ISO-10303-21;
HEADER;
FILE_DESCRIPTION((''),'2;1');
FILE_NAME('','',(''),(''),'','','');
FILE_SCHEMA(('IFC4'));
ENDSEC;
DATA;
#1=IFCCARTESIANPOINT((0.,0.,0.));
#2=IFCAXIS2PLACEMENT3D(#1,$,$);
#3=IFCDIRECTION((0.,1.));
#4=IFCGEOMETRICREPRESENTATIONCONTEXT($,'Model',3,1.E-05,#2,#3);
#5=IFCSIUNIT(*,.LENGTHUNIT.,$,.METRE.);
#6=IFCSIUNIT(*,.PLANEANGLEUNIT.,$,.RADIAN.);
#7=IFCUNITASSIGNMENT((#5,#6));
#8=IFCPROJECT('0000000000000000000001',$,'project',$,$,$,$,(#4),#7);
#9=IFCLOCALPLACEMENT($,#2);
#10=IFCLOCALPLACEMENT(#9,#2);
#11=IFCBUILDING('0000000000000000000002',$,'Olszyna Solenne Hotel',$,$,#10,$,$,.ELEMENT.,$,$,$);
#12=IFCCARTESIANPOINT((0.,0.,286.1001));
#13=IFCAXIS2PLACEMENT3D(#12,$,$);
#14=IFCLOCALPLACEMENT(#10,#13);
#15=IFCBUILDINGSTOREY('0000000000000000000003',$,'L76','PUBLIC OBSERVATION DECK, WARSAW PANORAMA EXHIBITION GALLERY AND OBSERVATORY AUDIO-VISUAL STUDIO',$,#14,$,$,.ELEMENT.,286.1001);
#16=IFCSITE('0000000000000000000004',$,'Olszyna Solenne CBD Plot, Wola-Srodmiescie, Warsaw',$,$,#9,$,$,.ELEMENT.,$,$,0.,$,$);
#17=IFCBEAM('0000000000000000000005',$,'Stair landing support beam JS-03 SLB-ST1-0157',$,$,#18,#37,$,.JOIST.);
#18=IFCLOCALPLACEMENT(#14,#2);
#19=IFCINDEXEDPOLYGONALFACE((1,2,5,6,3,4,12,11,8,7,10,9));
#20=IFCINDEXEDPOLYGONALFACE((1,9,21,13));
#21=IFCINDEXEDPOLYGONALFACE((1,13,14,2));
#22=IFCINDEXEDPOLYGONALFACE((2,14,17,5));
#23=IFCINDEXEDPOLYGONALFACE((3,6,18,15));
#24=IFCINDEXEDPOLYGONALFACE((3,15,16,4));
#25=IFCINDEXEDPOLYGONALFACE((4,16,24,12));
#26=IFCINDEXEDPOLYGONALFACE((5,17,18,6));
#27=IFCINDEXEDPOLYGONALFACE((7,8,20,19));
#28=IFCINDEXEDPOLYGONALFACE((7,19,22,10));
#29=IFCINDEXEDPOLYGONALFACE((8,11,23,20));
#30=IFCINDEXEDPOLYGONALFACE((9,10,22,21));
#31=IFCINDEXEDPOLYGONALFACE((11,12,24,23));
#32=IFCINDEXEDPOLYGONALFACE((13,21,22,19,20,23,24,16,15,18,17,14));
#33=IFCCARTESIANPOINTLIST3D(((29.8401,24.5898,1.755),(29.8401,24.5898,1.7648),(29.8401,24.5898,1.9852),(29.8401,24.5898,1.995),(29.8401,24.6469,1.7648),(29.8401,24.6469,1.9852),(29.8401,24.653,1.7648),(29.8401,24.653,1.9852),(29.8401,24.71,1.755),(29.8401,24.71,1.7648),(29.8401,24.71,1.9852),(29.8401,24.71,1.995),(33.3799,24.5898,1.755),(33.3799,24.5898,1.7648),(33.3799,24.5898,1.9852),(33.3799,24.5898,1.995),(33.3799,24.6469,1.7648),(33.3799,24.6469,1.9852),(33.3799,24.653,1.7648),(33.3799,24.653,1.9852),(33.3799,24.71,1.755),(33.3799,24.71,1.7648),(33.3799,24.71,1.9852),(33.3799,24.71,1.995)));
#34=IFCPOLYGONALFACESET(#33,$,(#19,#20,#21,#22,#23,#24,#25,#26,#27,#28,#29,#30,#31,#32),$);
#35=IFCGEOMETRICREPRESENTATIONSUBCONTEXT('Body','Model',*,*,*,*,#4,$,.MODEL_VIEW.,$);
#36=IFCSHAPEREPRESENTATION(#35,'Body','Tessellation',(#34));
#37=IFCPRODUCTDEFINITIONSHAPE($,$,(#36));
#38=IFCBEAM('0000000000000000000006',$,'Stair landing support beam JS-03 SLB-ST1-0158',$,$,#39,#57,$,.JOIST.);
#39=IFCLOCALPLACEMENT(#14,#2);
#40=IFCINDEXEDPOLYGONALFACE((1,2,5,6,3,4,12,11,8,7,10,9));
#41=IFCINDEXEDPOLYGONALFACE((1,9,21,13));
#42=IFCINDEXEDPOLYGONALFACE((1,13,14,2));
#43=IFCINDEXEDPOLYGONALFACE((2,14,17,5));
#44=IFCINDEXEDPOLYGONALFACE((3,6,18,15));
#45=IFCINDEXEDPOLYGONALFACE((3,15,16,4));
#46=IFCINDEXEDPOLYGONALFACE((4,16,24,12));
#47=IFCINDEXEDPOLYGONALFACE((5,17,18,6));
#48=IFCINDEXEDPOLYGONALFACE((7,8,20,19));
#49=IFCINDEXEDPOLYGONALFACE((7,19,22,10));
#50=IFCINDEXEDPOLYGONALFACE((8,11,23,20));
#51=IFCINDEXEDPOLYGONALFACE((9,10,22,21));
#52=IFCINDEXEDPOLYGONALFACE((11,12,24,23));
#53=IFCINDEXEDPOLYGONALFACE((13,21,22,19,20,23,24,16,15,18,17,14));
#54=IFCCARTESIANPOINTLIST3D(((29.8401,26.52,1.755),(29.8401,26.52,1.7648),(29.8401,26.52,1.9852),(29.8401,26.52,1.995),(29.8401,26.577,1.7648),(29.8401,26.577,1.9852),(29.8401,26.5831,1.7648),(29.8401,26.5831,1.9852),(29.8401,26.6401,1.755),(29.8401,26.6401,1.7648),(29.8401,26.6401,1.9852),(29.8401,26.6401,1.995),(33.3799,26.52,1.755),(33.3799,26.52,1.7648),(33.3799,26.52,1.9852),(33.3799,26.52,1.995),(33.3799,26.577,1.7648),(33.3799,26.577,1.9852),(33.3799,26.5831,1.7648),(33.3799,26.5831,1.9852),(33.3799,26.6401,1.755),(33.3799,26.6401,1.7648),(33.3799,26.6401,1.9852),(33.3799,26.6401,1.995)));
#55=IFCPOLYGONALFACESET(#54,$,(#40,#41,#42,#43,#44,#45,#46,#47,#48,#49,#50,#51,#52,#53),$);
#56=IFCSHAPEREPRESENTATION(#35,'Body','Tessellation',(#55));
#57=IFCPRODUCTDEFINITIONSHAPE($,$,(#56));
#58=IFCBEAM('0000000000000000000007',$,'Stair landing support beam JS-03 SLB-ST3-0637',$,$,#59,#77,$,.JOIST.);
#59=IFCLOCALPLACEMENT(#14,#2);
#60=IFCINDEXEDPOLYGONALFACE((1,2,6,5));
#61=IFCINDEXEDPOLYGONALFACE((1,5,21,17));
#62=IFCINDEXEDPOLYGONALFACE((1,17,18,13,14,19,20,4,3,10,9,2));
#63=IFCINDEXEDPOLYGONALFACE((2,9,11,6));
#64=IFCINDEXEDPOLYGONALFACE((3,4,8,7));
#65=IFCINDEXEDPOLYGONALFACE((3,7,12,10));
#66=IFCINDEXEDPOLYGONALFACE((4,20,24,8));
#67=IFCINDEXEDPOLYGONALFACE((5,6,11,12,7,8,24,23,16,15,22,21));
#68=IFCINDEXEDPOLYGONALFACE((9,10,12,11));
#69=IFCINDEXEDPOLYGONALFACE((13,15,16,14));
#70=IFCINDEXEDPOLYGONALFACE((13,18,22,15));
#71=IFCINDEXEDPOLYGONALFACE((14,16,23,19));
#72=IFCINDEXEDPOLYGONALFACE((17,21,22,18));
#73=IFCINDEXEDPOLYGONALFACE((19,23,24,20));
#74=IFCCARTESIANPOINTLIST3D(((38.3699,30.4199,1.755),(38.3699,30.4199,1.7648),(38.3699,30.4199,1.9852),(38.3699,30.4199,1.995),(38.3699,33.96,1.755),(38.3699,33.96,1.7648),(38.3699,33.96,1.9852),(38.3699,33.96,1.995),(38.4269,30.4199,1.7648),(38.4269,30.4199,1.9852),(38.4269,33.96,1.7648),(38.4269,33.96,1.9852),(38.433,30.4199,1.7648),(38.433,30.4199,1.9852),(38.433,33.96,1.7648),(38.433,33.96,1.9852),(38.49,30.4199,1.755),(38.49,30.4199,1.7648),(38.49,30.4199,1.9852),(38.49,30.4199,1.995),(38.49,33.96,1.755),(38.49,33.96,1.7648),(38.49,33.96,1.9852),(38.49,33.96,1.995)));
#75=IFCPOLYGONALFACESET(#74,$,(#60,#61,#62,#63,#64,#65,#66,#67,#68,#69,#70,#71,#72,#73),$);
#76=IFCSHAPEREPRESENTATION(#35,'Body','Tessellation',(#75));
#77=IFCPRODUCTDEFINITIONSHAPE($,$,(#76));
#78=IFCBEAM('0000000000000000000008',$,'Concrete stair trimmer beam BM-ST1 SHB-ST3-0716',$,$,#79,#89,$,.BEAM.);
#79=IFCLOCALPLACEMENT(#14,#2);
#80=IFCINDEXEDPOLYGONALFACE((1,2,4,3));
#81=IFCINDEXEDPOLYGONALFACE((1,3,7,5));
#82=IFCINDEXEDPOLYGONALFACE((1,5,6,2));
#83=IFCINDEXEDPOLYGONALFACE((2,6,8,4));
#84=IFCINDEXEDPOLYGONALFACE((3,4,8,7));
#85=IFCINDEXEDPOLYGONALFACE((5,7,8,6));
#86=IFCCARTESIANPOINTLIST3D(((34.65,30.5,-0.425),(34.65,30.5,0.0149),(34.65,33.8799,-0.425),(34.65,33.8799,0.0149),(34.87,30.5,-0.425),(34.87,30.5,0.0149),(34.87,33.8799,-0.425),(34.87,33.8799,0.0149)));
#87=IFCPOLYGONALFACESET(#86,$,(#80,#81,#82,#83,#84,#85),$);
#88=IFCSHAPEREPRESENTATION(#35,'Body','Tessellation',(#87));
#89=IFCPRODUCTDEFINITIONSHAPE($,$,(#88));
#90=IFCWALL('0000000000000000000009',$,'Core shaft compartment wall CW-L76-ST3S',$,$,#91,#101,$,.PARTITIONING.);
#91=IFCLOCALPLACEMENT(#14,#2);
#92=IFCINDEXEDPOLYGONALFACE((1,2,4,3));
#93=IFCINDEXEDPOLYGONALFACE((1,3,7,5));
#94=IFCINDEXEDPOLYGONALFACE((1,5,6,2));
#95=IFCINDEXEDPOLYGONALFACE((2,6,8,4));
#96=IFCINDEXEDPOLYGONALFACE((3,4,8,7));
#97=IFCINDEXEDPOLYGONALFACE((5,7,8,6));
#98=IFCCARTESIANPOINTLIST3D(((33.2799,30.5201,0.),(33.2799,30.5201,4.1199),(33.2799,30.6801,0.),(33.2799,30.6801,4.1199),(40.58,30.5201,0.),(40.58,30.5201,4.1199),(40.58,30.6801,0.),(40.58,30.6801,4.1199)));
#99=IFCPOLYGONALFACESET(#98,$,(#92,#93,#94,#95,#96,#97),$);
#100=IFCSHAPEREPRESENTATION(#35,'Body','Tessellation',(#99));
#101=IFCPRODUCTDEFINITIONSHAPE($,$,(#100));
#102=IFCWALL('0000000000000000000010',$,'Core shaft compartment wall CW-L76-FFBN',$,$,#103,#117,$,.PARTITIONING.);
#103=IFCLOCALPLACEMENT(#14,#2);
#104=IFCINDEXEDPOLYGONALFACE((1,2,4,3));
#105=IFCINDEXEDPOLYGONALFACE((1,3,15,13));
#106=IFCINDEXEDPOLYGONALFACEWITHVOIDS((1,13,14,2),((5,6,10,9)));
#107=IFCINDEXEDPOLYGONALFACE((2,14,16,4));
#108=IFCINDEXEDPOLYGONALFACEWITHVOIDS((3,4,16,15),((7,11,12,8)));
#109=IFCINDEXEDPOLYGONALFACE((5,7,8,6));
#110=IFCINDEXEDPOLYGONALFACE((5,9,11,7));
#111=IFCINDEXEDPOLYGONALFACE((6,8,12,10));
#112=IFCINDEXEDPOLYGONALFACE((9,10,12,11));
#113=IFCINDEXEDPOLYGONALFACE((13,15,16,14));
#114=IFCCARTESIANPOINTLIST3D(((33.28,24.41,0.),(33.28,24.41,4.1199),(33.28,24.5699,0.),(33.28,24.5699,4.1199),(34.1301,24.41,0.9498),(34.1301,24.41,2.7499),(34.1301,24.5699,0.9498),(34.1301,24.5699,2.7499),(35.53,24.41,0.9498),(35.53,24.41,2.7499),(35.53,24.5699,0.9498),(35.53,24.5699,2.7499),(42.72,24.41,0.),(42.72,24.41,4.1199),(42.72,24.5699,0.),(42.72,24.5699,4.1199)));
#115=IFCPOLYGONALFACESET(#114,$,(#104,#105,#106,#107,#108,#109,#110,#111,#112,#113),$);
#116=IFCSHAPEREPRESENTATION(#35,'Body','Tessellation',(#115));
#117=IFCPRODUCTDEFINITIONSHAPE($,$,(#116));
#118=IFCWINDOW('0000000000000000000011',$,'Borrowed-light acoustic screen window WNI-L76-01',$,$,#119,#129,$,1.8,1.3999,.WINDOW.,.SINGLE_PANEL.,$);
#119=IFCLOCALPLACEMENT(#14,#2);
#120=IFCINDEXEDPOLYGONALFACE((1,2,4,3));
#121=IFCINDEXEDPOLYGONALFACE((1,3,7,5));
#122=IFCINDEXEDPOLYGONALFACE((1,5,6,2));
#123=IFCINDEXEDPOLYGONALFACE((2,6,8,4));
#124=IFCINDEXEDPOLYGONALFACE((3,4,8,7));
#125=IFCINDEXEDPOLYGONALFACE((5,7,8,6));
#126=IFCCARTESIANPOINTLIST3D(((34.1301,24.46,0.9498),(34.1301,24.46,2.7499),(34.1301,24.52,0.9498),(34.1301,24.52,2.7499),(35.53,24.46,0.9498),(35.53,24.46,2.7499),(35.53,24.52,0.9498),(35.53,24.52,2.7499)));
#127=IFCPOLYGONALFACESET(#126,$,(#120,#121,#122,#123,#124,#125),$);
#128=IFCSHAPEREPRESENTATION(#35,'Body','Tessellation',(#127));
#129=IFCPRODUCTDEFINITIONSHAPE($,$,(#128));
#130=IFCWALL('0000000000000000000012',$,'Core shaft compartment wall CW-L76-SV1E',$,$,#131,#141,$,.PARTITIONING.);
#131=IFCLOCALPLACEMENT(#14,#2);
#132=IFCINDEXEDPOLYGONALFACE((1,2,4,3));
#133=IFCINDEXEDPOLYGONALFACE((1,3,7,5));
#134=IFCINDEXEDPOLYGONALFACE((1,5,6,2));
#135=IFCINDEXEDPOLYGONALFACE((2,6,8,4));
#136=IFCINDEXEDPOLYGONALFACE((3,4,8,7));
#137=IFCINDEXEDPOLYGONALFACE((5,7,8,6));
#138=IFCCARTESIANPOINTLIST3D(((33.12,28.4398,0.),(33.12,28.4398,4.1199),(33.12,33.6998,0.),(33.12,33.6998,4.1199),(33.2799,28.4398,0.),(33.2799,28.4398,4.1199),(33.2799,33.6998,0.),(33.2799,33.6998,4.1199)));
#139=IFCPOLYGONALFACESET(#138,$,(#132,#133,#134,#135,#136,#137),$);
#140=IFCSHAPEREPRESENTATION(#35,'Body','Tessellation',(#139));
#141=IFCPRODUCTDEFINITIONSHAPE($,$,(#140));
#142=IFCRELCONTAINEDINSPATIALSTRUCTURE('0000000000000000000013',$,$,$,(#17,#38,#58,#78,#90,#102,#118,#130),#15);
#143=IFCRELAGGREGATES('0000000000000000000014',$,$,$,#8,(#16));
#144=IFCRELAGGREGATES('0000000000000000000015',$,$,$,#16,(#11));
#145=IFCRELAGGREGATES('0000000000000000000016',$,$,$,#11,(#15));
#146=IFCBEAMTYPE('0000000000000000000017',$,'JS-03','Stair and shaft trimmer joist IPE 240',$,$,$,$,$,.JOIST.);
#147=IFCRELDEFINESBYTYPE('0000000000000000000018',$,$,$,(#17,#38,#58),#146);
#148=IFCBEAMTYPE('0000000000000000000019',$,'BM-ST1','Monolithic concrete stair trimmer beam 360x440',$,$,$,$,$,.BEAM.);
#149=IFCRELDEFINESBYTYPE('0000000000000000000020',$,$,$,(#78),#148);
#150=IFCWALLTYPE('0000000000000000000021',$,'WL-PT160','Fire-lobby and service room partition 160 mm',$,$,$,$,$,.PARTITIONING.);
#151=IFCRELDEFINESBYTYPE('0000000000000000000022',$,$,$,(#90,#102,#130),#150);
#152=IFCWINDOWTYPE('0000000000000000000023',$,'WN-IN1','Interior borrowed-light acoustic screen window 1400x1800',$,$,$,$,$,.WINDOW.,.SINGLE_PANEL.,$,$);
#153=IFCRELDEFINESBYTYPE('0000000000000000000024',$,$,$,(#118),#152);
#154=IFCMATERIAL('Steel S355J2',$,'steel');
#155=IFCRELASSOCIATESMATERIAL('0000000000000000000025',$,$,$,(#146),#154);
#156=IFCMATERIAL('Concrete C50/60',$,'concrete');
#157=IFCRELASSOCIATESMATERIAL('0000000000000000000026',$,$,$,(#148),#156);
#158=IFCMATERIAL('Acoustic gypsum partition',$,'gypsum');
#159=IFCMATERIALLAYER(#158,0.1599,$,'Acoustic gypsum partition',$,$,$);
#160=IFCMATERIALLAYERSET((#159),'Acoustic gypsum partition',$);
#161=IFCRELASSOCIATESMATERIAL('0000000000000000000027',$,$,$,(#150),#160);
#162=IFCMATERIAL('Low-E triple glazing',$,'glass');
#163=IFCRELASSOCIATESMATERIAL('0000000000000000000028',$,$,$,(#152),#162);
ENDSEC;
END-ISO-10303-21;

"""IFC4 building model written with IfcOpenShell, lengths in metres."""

from ifc_helpers import new_model, si_unit, direction, frame, frame_2d, origin, origin_2d, place, context, subcontext, project, spatial, rectangle, i_section, extrude, source, transform, mapped, material, layer, layer_set, material_profile, profile_set, type_object, type_shapes, element, fill, save


model = new_model("IFC4")

# Units and contexts
model_context = context("Model", 3, precision=1e-05, world=origin(), true_north=direction((0.0, 1.0)))
body_context = subcontext(model_context, "Body", "Model", "MODEL_VIEW")
ifc_project = project(units=[si_unit("LENGTHUNIT", "METRE"), si_unit("PLANEANGLEUNIT", "RADIAN")], contexts=[model_context])

# Site, building, storey
site_placement = place(None, origin())
site = spatial("IfcSite", under=ifc_project, at=site_placement, Name="Olszyna Solenne CBD Plot, Wola-Srodmiescie, Warsaw", CompositionType="ELEMENT", RefElevation=0.0)
building_placement = place(site_placement, origin())
building = spatial("IfcBuilding", under=site, at=building_placement, Name="Olszyna Solenne Hotel", CompositionType="ELEMENT")
storey_placement = place(building_placement, frame((0.0, 0.0, 286.1001)))
storey = spatial("IfcBuildingStorey", under=building, at=storey_placement, Name="L76", Description="PUBLIC OBSERVATION DECK, WARSAW PANORAMA EXHIBITION GALLERY AND OBSERVATORY AUDIO-VISUAL STUDIO", CompositionType="ELEMENT", Elevation=286.1001)

# Beams
ifc_material_1 = material(Name="Steel S355J2", Category="steel")
ifc_material_profile_1 = material_profile(ifc_material_1, i_section(OverallWidth=0.1201, OverallDepth=0.24, WebThickness=0.0061, FlangeThickness=0.0098, at=origin_2d()), Name="IPE 240", Category="load-bearing")
ifc_profile_set_1 = profile_set([ifc_material_profile_1], Name="Steel S355J2")
beam_type_1 = type_object("IfcBeamType", Name="JS-03", Description="Stair and shaft trimmer joist IPE 240", PredefinedType="JOIST", material=ifc_profile_set_1)
shared_shape_1 = source(origin(), body_context, "Body", "SweptSolid", [
    extrude(i_section(OverallWidth=0.1201, OverallDepth=0.24, WebThickness=0.0061, FlangeThickness=0.0098, at=origin_2d()), origin(), (0.0, 0.0, 1.0), 3.5398),
])
for number, where, z_axis, x_axis, name in (
    (1, (33.3799, 24.6499, 1.875), (-1.0, 0.0, 0.0), (0.0, -1.0, 0.0), "Stair landing support beam JS-03 SLB-ST1-0157"),
    (2, (33.3799, 26.5801, 1.875), (-1.0, 0.0, 0.0), (0.0, -1.0, 0.0), "Stair landing support beam JS-03 SLB-ST1-0158"),
):
    element("IfcBeam", number, at=place(storey_placement, frame(where, z_axis=z_axis, x_axis=x_axis)), inside=storey, type_object=beam_type_1, Name=name, PredefinedType="JOIST", context=body_context, shape_type="MappedRepresentation", body=[
        mapped(shared_shape_1, transform((0.0, 0.0, 0.0), x_axis=(1.0, 0.0, 0.0), y_axis=(0.0, 1.0, 0.0), z_axis=(0.0, 0.0, 1.0), scale=1.0)),
    ])
shared_shape_2 = source(origin(), body_context, "Body", "SweptSolid", [
    extrude(i_section(OverallWidth=0.1201, OverallDepth=0.24, WebThickness=0.0061, FlangeThickness=0.0098, at=origin_2d()), origin(), (0.0, 0.0, 1.0), 3.54),
])
beam_1_placement = place(storey_placement, frame((38.4299, 30.4199, 1.875), z_axis=(0.0, 1.0, 0.0), x_axis=(-1.0, 0.0, 0.0)))
element("IfcBeam", 3, at=beam_1_placement, inside=storey, type_object=beam_type_1, Name="Stair landing support beam JS-03 SLB-ST3-0637", PredefinedType="JOIST", context=body_context, shape_type="MappedRepresentation", body=[
    mapped(shared_shape_2, transform((0.0, 0.0, 0.0), x_axis=(1.0, 0.0, 0.0), y_axis=(0.0, 1.0, 0.0), z_axis=(0.0, 0.0, 1.0), scale=1.0)),
])
ifc_material_2 = material(Name="Concrete C50/60", Category="concrete")
ifc_material_profile_2 = material_profile(ifc_material_2, rectangle(XDim=0.22, YDim=0.4399, at=origin_2d()), Name="RC 220x440", Category="load-bearing")
ifc_profile_set_2 = profile_set([ifc_material_profile_2], Name="Concrete C50/60")
beam_type_2 = type_object("IfcBeamType", Name="BM-ST1", Description="Monolithic concrete stair trimmer beam 360x440", PredefinedType="BEAM", material=ifc_profile_set_2)
shared_shape_3 = source(origin(), body_context, "Body", "SweptSolid", [
    extrude(rectangle(XDim=0.22, YDim=0.4399, at=origin_2d()), origin(), (0.0, 0.0, 1.0), 3.3799),
])
beam_2_placement = place(storey_placement, frame((34.76, 30.5, -0.2051), z_axis=(0.0, 1.0, 0.0), x_axis=(-1.0, 0.0, 0.0)))
element("IfcBeam", 4, at=beam_2_placement, inside=storey, type_object=beam_type_2, Name="Concrete stair trimmer beam BM-ST1 SHB-ST3-0716", PredefinedType="BEAM", context=body_context, shape_type="MappedRepresentation", body=[
    mapped(shared_shape_3, transform((0.0, 0.0, 0.0), x_axis=(1.0, 0.0, 0.0), y_axis=(0.0, 1.0, 0.0), z_axis=(0.0, 0.0, 1.0), scale=1.0)),
])

# Wall
ifc_material_3 = material(Name="Acoustic gypsum partition", Category="gypsum")
ifc_layer = layer(ifc_material_3, 0.1599, Name="Acoustic gypsum partition")
ifc_layer_set = layer_set([ifc_layer], Name="Acoustic gypsum partition")
wall_type = type_object("IfcWallType", Name="WL-PT160", Description="Fire-lobby and service room partition 160 mm", PredefinedType="PARTITIONING", material=ifc_layer_set)
wall_1_placement = place(storey_placement, frame((33.28, 30.6001, 0.0), z_axis=(0.0, 0.0, 1.0), x_axis=(1.0, 0.0, 0.0)))
element("IfcWall", 5, at=wall_1_placement, inside=storey, type_object=wall_type, Name="Core shaft compartment wall CW-L76-ST3S", PredefinedType="PARTITIONING", context=body_context, shape_type="SweptSolid", body=[
    extrude(rectangle(XDim=7.3, YDim=0.1599, at=frame_2d((3.6499, 0.0))), origin(), (0.0, 0.0, 1.0), 4.1199),
])

# Wall, opening, window
wall_2_placement = place(storey_placement, frame((33.28, 24.49, 0.0), z_axis=(0.0, 0.0, 1.0), x_axis=(1.0, 0.0, 0.0)))
wall_2 = element("IfcWall", 6, at=wall_2_placement, inside=storey, type_object=wall_type, Name="Core shaft compartment wall CW-L76-FFBN", PredefinedType="PARTITIONING", context=body_context, shape_type="SweptSolid", body=[
    extrude(rectangle(XDim=9.4399, YDim=0.1599, at=frame_2d((4.72, 0.0))), origin(), (0.0, 0.0, 1.0), 4.1199),
])
opening_1_placement = place(wall_2_placement, frame((0.8501, 0.0, 0.95)))
opening_1 = element("IfcOpeningElement", 7, at=opening_1_placement, cuts=wall_2, PredefinedType="OPENING", context=body_context, shape_type="SweptSolid", body=[
    extrude(rectangle(XDim=1.3999, YDim=1.8, at=frame_2d((0.7, 0.8999))), frame((0.0, 0.0898, 0.0), z_axis=(0.0, -1.0, 0.0), x_axis=(1.0, 0.0, 0.0)), (0.0, 0.0, 1.0), 0.1799),
])
ifc_material_4 = material(Name="Low-E triple glazing", Category="glass")
window_type = type_object("IfcWindowType", Name="WN-IN1", Description="Interior borrowed-light acoustic screen window 1400x1800", PartitioningType="SINGLE_PANEL", PredefinedType="WINDOW", material=ifc_material_4)
shared_shape_4 = source(origin(), body_context, "Body", "SweptSolid", [
    extrude(rectangle(XDim=1.3999, YDim=1.8, at=frame_2d((0.7, 0.8999))), frame((0.0, 0.03, 0.0), z_axis=(0.0, -1.0, 0.0), x_axis=(1.0, 0.0, 0.0)), (0.0, 0.0, 1.0), 0.0601),
])
type_shapes(window_type, [shared_shape_4])
window_placement = place(opening_1_placement, origin())
window = element("IfcWindow", 8, at=window_placement, inside=storey, type_object=window_type, Name="Borrowed-light acoustic screen window WNI-L76-01", OverallHeight=1.8, OverallWidth=1.3999, PartitioningType="SINGLE_PANEL", PredefinedType="WINDOW", context=body_context, shape_type="MappedRepresentation", body=[
    mapped(shared_shape_4, transform((0.0, 0.0, 0.0), x_axis=(1.0, 0.0, 0.0), y_axis=(0.0, 1.0, 0.0), z_axis=(0.0, 0.0, 1.0), scale=1.0)),
])
fill(opening_1, window)

# Wall
wall_3_placement = place(storey_placement, frame((33.2, 28.4399, 0.0), z_axis=(0.0, 0.0, 1.0), x_axis=(0.0, 1.0, 0.0)))
element("IfcWall", 9, at=wall_3_placement, inside=storey, type_object=wall_type, Name="Core shaft compartment wall CW-L76-SV1E", PredefinedType="PARTITIONING", context=body_context, shape_type="SweptSolid", body=[
    extrude(rectangle(XDim=5.26, YDim=0.1599, at=frame_2d((2.6299, 0.0))), origin(), (0.0, 0.0, 1.0), 4.1199),
])

save(model, "model.ifc")
